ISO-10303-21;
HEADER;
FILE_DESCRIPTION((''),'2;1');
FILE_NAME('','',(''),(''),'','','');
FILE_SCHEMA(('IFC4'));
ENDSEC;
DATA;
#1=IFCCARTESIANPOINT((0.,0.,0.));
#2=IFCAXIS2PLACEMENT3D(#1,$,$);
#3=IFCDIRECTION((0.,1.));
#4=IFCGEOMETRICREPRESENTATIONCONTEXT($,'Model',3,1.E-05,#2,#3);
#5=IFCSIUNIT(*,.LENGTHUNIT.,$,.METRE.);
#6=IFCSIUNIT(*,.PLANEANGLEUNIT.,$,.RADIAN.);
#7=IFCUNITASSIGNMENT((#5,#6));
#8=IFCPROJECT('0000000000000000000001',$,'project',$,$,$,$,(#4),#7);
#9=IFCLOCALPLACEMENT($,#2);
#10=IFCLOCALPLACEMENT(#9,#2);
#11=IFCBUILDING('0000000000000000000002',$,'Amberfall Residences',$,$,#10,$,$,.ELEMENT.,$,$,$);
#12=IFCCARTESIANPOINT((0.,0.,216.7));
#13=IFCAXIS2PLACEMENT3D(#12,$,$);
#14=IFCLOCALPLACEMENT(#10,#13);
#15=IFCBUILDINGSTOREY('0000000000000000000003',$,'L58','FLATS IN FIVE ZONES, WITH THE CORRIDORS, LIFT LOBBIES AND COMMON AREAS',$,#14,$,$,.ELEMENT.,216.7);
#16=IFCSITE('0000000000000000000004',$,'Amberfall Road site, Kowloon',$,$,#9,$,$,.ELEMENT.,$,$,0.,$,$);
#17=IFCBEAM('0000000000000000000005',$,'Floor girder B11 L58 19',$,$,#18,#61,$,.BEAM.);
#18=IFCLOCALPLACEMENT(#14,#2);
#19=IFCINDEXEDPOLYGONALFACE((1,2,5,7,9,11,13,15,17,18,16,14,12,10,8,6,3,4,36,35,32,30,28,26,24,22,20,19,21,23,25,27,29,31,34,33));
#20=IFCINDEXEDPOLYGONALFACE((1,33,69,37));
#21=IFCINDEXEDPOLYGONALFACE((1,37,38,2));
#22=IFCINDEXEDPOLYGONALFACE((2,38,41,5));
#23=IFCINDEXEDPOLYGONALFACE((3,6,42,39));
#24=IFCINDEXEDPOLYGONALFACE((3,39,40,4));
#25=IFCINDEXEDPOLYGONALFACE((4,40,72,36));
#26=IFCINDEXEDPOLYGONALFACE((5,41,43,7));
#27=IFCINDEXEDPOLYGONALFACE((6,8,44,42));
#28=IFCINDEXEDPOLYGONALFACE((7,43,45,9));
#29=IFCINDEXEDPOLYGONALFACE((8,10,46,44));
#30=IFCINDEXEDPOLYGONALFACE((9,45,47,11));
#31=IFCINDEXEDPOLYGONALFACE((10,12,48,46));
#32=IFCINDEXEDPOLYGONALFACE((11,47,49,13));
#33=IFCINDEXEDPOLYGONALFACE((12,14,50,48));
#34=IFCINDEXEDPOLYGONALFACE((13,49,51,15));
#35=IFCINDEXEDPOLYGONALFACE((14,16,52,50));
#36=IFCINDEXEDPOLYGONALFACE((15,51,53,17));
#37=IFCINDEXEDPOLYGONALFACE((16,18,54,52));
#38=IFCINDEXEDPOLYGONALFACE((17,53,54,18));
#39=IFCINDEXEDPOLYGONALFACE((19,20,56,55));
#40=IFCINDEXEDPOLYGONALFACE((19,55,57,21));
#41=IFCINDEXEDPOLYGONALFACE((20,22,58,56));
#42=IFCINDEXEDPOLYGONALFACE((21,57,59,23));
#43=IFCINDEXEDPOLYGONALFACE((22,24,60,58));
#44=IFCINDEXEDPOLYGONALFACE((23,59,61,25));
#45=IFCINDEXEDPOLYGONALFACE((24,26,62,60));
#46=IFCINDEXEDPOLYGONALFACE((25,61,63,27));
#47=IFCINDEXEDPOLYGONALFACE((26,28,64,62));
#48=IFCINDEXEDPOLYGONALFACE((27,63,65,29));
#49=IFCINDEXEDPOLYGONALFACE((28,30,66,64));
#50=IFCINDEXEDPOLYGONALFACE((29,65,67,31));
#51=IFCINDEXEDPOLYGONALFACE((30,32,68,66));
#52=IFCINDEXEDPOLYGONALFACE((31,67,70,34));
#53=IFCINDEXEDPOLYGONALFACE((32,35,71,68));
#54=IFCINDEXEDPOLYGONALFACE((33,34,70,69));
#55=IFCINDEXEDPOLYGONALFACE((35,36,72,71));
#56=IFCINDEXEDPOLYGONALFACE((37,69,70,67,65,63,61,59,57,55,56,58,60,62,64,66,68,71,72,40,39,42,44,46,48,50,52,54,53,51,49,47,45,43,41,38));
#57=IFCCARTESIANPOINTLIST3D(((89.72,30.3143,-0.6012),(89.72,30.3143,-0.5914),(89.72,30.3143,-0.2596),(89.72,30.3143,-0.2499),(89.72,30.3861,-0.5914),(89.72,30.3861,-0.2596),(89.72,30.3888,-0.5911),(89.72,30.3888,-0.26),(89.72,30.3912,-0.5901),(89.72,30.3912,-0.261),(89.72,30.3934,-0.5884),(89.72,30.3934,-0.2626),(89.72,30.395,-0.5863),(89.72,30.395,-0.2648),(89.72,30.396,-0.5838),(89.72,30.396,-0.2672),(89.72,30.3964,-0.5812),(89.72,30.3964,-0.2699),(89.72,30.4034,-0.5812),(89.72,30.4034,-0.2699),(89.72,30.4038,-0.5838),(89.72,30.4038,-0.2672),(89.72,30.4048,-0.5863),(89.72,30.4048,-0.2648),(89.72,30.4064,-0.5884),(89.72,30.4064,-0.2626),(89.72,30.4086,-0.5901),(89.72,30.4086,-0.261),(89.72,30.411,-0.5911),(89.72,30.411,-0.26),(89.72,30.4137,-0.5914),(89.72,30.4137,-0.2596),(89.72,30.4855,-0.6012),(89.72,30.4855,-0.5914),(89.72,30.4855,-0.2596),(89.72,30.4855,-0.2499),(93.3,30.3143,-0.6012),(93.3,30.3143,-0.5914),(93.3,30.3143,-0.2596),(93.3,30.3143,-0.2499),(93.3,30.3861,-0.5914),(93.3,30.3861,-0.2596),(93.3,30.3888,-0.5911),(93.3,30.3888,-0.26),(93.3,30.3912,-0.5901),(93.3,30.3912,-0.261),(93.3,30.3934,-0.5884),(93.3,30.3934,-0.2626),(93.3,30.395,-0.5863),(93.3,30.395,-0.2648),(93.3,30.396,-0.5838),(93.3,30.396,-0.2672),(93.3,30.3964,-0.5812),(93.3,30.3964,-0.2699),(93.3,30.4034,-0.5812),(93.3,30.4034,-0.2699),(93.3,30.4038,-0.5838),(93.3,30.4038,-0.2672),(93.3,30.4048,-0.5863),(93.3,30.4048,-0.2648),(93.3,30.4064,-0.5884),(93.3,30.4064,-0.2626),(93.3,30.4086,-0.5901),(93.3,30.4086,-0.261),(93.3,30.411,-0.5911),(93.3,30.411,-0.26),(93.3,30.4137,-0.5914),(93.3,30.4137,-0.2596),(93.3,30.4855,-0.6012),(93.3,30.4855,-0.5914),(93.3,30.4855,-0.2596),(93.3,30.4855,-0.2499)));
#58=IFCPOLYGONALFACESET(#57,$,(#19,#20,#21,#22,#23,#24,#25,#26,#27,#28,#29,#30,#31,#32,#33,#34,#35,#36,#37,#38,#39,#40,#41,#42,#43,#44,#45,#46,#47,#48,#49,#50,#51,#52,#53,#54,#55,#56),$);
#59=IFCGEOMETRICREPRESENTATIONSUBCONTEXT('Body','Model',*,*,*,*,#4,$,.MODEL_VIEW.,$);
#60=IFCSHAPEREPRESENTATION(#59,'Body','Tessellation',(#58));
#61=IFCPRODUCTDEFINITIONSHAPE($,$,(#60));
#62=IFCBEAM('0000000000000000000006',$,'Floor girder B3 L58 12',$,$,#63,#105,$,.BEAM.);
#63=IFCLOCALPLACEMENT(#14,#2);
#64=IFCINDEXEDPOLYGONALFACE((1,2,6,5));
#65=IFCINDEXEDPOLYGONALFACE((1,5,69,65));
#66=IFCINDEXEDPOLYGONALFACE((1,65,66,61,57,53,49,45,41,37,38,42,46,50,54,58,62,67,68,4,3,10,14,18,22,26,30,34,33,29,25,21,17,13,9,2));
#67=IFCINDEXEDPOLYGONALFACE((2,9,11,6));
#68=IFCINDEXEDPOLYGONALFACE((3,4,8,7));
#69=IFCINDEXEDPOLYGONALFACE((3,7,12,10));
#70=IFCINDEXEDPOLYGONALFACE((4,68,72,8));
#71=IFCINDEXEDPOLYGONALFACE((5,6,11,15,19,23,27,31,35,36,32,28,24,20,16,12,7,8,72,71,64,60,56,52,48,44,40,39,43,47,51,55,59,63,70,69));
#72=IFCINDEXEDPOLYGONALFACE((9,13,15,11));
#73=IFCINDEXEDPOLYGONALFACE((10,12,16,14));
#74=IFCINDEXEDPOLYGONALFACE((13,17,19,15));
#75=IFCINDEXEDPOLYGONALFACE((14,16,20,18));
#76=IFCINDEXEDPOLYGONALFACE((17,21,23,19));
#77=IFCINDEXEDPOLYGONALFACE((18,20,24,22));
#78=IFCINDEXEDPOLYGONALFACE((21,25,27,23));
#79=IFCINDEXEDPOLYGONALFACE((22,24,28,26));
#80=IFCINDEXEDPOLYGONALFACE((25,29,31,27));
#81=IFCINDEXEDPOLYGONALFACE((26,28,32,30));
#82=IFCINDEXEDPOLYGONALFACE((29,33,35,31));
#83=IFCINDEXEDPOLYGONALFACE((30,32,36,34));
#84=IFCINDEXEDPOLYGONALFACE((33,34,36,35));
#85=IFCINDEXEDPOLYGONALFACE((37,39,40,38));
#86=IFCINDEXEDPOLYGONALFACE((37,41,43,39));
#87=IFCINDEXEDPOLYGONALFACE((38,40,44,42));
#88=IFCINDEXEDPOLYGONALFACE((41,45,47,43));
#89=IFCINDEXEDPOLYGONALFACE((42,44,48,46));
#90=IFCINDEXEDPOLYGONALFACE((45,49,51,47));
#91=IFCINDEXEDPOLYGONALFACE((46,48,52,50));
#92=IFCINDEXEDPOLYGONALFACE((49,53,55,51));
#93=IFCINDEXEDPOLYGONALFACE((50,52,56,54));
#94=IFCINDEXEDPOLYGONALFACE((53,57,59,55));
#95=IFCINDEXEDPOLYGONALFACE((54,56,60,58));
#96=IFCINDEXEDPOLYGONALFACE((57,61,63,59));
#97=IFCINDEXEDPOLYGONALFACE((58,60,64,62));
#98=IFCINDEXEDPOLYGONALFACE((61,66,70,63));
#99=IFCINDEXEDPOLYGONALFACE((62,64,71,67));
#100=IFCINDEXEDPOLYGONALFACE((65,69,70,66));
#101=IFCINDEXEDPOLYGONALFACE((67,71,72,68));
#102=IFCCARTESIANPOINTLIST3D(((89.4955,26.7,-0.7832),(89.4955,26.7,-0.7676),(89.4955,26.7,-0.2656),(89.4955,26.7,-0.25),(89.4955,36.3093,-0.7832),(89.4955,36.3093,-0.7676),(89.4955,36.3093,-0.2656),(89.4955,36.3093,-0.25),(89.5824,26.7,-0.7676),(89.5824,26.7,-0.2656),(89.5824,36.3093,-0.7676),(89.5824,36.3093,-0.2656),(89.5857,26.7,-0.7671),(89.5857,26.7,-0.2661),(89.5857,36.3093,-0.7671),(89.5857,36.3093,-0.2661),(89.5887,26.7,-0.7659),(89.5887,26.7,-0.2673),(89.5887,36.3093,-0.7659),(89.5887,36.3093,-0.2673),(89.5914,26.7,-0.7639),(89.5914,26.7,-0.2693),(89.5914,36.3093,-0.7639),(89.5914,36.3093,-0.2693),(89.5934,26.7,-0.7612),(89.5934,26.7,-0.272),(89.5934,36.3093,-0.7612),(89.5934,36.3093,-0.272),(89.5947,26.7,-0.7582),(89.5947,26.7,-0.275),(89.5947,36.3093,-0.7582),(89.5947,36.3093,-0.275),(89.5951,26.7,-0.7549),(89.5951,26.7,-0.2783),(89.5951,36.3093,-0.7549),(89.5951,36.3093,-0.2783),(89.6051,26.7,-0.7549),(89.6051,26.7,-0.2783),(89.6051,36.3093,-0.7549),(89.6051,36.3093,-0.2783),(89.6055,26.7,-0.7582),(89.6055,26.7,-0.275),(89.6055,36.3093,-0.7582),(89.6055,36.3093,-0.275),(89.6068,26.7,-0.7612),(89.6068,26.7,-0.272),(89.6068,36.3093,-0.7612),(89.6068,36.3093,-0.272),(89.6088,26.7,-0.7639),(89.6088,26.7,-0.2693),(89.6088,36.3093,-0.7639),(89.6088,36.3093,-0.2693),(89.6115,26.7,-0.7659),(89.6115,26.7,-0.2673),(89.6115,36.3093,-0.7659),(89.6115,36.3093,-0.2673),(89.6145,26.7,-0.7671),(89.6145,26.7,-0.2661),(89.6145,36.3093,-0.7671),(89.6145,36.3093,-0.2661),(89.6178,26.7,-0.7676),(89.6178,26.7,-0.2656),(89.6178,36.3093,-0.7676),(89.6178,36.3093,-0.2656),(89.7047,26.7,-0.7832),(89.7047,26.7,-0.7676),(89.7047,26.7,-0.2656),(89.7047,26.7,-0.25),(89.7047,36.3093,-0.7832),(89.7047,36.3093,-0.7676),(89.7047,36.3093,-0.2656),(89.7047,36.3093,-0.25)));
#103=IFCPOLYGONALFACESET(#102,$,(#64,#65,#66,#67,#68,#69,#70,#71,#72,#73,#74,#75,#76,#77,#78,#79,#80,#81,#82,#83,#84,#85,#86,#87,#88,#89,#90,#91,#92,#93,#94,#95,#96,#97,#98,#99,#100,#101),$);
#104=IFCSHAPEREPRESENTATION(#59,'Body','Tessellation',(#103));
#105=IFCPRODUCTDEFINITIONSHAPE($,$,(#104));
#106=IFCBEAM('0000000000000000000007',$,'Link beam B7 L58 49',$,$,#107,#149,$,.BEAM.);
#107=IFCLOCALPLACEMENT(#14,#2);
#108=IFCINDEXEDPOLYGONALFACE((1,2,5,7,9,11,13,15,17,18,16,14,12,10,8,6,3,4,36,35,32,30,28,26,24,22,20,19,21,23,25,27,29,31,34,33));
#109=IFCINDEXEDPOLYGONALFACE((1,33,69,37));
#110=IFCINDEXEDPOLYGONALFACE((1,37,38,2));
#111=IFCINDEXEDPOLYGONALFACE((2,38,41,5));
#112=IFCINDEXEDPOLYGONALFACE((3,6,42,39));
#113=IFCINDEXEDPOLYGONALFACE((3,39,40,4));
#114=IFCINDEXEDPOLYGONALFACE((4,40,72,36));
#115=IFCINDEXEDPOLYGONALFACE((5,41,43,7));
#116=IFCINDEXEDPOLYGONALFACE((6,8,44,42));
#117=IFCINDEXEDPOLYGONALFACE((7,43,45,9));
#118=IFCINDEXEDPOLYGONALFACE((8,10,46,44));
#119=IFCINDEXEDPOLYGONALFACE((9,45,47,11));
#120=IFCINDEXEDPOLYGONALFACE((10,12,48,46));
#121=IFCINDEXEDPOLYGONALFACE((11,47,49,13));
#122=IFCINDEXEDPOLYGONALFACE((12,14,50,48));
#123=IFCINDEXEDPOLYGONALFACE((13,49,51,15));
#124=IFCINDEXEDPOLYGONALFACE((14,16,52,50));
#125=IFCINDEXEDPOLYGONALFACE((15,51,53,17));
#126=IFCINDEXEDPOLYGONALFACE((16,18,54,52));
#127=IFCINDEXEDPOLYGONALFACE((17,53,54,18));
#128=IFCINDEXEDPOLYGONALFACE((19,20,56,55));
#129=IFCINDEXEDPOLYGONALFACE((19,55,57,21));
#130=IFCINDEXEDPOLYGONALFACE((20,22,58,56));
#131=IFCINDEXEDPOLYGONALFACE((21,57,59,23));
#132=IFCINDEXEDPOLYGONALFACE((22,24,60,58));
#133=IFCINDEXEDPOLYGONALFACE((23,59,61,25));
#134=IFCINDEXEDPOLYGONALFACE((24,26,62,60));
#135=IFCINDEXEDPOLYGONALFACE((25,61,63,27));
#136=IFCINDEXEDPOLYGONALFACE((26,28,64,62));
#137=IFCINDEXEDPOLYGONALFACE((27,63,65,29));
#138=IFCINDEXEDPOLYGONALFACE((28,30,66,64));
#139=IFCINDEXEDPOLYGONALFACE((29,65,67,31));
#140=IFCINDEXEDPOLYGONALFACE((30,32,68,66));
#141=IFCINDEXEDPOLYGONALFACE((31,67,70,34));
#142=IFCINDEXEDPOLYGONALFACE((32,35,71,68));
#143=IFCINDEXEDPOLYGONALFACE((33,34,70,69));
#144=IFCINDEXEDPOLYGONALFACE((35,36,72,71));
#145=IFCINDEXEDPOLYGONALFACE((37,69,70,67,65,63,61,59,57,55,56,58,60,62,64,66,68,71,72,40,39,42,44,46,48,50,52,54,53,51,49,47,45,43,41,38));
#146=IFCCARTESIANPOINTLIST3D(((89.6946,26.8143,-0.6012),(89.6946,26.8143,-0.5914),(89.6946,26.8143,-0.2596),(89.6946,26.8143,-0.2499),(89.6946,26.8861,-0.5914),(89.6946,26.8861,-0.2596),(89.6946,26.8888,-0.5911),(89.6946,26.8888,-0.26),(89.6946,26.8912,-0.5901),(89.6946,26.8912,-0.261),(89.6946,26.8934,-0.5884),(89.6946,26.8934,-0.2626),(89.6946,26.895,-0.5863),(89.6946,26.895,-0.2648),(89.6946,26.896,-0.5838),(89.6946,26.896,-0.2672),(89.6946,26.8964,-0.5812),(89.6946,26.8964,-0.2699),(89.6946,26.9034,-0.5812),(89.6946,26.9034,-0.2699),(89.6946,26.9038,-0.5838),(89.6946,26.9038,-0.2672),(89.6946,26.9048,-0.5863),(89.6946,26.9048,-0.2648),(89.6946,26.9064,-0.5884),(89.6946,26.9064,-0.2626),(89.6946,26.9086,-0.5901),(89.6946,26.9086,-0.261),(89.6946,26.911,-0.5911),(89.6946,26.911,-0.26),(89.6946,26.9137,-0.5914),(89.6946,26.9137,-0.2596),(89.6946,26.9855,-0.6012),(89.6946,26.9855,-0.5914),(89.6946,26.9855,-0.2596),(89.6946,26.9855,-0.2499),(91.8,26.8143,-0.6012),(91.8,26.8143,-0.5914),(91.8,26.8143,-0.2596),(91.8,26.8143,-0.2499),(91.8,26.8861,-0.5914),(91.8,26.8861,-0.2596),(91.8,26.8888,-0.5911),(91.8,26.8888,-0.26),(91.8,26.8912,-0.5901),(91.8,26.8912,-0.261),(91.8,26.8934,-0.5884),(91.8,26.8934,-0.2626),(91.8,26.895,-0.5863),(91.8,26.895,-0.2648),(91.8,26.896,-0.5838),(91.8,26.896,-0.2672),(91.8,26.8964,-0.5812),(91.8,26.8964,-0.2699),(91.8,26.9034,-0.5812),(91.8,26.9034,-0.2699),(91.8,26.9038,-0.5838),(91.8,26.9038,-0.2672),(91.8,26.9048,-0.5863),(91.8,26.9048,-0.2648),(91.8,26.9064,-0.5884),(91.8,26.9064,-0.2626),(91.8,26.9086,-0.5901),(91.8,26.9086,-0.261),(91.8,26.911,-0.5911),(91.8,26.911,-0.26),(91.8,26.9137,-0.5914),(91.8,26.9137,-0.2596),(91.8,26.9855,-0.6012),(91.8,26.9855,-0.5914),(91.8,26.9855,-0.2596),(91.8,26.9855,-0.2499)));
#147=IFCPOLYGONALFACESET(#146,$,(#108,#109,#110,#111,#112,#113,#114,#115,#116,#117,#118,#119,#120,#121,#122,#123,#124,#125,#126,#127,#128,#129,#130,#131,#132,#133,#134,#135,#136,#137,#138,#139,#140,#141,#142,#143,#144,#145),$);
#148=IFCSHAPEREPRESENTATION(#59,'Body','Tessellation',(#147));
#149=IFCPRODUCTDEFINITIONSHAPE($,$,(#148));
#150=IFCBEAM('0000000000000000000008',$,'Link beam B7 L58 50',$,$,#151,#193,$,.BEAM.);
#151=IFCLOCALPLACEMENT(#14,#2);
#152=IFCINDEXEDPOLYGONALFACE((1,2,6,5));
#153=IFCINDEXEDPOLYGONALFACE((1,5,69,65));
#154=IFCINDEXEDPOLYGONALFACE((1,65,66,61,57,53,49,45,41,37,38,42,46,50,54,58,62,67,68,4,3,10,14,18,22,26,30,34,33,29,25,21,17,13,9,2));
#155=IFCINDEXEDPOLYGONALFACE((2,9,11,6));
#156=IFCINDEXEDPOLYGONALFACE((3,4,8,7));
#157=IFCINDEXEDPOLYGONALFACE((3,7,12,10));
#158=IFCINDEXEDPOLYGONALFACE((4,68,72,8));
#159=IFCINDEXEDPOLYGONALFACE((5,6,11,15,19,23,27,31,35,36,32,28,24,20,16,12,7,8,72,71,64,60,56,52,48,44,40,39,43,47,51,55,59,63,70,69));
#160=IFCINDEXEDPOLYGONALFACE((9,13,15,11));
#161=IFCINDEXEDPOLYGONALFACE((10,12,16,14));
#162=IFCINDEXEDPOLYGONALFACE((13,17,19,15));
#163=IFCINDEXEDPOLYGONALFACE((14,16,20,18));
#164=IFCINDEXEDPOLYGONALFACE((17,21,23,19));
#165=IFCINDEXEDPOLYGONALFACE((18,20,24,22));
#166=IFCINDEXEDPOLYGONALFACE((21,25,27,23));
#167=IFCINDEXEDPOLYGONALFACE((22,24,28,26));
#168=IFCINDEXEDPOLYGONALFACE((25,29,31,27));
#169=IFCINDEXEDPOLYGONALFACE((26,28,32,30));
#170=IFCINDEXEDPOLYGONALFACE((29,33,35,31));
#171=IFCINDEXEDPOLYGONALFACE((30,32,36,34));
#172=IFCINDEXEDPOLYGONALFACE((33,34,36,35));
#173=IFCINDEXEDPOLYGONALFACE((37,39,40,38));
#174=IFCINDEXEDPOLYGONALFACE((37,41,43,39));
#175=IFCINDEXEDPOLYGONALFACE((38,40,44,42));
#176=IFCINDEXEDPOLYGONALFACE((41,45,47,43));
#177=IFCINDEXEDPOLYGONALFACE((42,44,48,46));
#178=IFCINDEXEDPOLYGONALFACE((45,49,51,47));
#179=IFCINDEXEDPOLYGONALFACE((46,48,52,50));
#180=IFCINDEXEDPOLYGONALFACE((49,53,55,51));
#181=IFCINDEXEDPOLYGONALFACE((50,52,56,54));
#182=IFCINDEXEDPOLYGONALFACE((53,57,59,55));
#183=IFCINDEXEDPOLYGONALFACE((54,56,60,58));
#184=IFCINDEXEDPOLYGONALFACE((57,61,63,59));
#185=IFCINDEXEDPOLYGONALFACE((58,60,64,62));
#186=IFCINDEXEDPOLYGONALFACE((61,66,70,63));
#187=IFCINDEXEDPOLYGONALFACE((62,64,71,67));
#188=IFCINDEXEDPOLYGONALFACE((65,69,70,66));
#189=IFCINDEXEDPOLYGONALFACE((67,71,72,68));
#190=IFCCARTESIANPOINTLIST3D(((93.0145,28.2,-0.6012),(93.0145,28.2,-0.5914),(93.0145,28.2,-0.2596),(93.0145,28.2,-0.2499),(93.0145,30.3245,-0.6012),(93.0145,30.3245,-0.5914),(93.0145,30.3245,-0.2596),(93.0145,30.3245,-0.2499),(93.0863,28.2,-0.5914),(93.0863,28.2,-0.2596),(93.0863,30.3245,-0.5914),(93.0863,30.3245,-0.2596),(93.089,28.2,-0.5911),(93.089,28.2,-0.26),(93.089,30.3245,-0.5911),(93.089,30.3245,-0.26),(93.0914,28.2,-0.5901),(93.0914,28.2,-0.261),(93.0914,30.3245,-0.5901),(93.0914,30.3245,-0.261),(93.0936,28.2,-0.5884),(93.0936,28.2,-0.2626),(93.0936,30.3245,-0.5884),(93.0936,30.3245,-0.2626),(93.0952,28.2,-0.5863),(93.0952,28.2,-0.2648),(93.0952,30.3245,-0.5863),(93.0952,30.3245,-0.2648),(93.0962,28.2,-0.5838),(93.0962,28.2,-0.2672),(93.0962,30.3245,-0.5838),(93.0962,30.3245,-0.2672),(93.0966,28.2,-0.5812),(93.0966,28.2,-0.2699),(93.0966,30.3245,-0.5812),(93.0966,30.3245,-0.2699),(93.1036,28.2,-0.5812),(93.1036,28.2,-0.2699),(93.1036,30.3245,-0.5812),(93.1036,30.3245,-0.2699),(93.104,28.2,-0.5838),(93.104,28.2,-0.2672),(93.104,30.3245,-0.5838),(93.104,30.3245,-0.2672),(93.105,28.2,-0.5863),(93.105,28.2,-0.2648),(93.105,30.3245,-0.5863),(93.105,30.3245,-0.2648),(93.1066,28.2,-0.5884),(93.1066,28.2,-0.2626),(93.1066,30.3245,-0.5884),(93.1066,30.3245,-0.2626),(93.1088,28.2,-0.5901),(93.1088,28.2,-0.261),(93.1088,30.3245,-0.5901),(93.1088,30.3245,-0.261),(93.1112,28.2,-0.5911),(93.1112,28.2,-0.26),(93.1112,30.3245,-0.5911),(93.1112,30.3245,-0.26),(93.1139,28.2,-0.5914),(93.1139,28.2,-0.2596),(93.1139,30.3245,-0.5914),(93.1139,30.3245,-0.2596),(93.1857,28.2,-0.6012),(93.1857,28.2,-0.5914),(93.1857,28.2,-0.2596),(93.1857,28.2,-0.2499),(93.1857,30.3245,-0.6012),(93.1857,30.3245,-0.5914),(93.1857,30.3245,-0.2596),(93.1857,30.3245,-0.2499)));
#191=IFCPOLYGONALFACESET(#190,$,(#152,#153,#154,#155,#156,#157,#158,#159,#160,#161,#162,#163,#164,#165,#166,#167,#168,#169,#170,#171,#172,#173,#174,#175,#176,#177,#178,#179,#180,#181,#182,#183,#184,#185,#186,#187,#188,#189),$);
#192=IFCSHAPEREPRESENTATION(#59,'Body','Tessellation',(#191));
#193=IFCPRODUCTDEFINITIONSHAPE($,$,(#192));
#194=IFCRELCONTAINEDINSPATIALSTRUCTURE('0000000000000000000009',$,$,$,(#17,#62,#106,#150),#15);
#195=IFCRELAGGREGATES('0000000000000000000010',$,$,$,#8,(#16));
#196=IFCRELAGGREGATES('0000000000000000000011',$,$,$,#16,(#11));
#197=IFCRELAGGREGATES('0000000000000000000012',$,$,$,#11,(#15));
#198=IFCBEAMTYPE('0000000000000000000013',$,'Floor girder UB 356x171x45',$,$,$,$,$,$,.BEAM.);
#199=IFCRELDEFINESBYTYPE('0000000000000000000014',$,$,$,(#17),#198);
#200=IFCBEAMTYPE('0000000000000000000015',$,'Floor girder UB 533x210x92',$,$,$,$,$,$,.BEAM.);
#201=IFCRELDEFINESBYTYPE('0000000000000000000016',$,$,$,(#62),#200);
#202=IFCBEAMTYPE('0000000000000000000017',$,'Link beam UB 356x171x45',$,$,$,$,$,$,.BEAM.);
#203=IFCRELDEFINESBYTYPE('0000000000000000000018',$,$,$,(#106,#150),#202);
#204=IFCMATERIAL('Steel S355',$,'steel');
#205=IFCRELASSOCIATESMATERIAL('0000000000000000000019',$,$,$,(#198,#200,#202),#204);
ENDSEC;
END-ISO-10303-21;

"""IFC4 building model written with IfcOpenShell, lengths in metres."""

from ifc_helpers import new_model, si_unit, direction, frame, origin, origin_2d, place, context, subcontext, project, spatial, i_section, extrude, material, material_profile, profile_set, type_object, element, save


model = new_model("IFC4")

# Units and contexts
model_context = context("Model", 3, precision=1e-05, world=origin(), true_north=direction((0.0, 1.0)))
body_context = subcontext(model_context, "Body", "Model", "MODEL_VIEW")
ifc_project = project(units=[si_unit("LENGTHUNIT", "METRE"), si_unit("PLANEANGLEUNIT", "RADIAN")], contexts=[model_context])

# Site, building, storey
site_placement = place(None, origin())
site = spatial("IfcSite", under=ifc_project, at=site_placement, Name="Amberfall Road site, Kowloon", CompositionType="ELEMENT", RefElevation=0.0)
building_placement = place(site_placement, origin())
building = spatial("IfcBuilding", under=site, at=building_placement, Name="Amberfall Residences", CompositionType="ELEMENT")
storey_placement = place(building_placement, frame((0.0, 0.0, 216.7)))
storey = spatial("IfcBuildingStorey", under=building, at=storey_placement, Name="L58", Description="FLATS IN FIVE ZONES, WITH THE CORRIDORS, LIFT LOBBIES AND COMMON AREAS", CompositionType="ELEMENT", Elevation=216.7)

# Shared definitions
ifc_material_1 = material(Name="Steel S355", Category="steel")

# Beams
ifc_material_profile_1 = material_profile(ifc_material_1, i_section(OverallWidth=0.1711, OverallDepth=0.3513, WebThickness=0.0071, FlangeThickness=0.0098, FilletRadius=0.0103, at=origin_2d()), Name="UB 356x171x45")
ifc_profile_set_1 = profile_set([ifc_material_profile_1], Name="Steel S355")
beam_type_1 = type_object("IfcBeamType", Name="Floor girder UB 356x171x45", PredefinedType="BEAM", material=ifc_profile_set_1)
beam_1_placement = place(storey_placement, frame((93.3, 30.3999, -0.4255), z_axis=(-1.0, 0.0, 0.0), x_axis=(0.0, -1.0, 0.0)))
element("IfcBeam", 1, at=beam_1_placement, inside=storey, type_object=beam_type_1, Name="Floor girder B11 L58 19", PredefinedType="BEAM", context=body_context, shape_type="SweptSolid", body=[
    extrude(i_section(OverallWidth=0.1711, OverallDepth=0.3513, WebThickness=0.0071, FlangeThickness=0.0098, FilletRadius=0.0103, at=origin_2d()), origin(), (0.0, 0.0, 1.0), 3.5801),
])
ifc_material_profile_2 = material_profile(ifc_material_1, i_section(OverallWidth=0.2092, OverallDepth=0.5332, WebThickness=0.01, FlangeThickness=0.0156, FilletRadius=0.0127, at=origin_2d()), Name="UB 533x210x92")
ifc_profile_set_2 = profile_set([ifc_material_profile_2], Name="Steel S355")
beam_type_2 = type_object("IfcBeamType", Name="Floor girder UB 533x210x92", PredefinedType="BEAM", material=ifc_profile_set_2)
beam_2_placement = place(storey_placement, frame((89.6001, 26.7, -0.5166), z_axis=(0.0, 1.0, 0.0), x_axis=(-1.0, 0.0, 0.0)))
element("IfcBeam", 2, at=beam_2_placement, inside=storey, type_object=beam_type_2, Name="Floor girder B3 L58 12", PredefinedType="BEAM", context=body_context, shape_type="SweptSolid", body=[
    extrude(i_section(OverallWidth=0.2092, OverallDepth=0.5332, WebThickness=0.01, FlangeThickness=0.0156, FilletRadius=0.0127, at=origin_2d()), origin(), (0.0, 0.0, 1.0), 9.6094),
])
ifc_material_profile_3 = material_profile(ifc_material_1, i_section(OverallWidth=0.1711, OverallDepth=0.3513, WebThickness=0.0071, FlangeThickness=0.0098, FilletRadius=0.0103, at=origin_2d()), Name="UB 356x171x45")
ifc_profile_set_3 = profile_set([ifc_material_profile_3], Name="Steel S355")
beam_type_3 = type_object("IfcBeamType", Name="Link beam UB 356x171x45", PredefinedType="BEAM", material=ifc_profile_set_3)
beam_3_placement = place(storey_placement, frame((91.8, 26.8999, -0.4255), z_axis=(-1.0, 0.0, 0.0), x_axis=(0.0, -1.0, 0.0)))
element("IfcBeam", 3, at=beam_3_placement, inside=storey, type_object=beam_type_3, Name="Link beam B7 L58 49", PredefinedType="BEAM", context=body_context, shape_type="SweptSolid", body=[
    extrude(i_section(OverallWidth=0.1711, OverallDepth=0.3513, WebThickness=0.0071, FlangeThickness=0.0098, FilletRadius=0.0103, at=origin_2d()), origin(), (0.0, 0.0, 1.0), 2.1055),
])
beam_4_placement = place(storey_placement, frame((93.1001, 28.2, -0.4255), z_axis=(0.0, 1.0, 0.0), x_axis=(-1.0, 0.0, 0.0)))
element("IfcBeam", 4, at=beam_4_placement, inside=storey, type_object=beam_type_3, Name="Link beam B7 L58 50", PredefinedType="BEAM", context=body_context, shape_type="SweptSolid", body=[
    extrude(i_section(OverallWidth=0.1711, OverallDepth=0.3513, WebThickness=0.0071, FlangeThickness=0.0098, FilletRadius=0.0103, at=origin_2d()), origin(), (0.0, 0.0, 1.0), 2.1245),
])

save(model, "model.ifc")
